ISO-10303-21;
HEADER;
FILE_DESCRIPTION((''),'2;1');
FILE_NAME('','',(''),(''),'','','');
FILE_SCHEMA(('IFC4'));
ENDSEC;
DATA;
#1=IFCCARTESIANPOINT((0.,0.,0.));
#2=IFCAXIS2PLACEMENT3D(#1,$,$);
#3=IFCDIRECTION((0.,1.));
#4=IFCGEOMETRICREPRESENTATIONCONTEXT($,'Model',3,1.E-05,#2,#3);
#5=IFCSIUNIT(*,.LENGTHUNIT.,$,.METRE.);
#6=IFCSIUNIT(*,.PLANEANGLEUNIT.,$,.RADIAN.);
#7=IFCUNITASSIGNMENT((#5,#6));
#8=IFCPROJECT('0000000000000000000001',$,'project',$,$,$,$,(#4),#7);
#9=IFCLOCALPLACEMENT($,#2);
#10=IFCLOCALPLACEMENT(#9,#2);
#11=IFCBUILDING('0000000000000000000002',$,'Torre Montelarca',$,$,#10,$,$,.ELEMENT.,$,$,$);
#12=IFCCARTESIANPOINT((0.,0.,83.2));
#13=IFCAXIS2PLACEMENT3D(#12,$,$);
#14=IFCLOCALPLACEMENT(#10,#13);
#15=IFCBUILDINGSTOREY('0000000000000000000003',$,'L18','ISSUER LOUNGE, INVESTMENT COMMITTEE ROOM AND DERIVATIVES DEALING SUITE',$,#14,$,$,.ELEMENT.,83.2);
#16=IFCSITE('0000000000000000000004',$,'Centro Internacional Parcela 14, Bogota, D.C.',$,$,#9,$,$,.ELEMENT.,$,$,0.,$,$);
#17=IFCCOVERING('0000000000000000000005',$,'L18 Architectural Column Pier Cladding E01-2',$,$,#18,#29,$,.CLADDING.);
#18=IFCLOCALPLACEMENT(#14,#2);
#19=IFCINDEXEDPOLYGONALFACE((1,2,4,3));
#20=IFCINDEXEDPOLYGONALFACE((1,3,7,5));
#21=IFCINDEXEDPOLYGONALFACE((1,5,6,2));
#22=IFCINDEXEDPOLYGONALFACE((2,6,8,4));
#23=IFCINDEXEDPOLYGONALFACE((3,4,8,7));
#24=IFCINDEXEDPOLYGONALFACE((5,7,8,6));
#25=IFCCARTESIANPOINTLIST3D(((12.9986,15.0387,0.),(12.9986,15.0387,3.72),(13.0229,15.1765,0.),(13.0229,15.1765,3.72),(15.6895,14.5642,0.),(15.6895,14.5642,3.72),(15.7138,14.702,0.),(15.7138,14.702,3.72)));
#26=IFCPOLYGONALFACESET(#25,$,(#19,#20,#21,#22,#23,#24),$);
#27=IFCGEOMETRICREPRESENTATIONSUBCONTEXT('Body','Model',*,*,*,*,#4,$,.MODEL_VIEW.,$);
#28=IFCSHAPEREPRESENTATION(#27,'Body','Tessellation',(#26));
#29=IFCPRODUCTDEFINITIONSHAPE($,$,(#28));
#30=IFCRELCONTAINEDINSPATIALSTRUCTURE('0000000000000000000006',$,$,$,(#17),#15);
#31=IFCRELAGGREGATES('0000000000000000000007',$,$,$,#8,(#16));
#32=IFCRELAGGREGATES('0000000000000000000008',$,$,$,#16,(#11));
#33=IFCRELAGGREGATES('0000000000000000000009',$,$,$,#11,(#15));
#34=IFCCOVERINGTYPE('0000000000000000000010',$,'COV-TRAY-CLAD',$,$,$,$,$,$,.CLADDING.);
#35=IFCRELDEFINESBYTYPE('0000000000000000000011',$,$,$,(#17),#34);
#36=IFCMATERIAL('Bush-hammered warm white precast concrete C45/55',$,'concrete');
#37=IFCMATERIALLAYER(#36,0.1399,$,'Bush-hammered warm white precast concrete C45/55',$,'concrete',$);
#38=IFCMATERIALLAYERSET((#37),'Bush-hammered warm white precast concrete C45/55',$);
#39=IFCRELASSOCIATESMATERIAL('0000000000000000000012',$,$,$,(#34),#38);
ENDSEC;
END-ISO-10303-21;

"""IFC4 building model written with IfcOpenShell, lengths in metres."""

from ifc_helpers import new_model, si_unit, direction, frame, origin, origin_2d, place, context, subcontext, project, spatial, rectangle, extrude, source, transform, mapped, material, layer, layer_set, type_object, element, save


model = new_model("IFC4")

# Units and contexts
model_context = context("Model", 3, precision=1e-05, world=origin(), true_north=direction((0.0, 1.0)))
body_context = subcontext(model_context, "Body", "Model", "MODEL_VIEW")
ifc_project = project(units=[si_unit("LENGTHUNIT", "METRE"), si_unit("PLANEANGLEUNIT", "RADIAN")], contexts=[model_context])

# Site, building, storey
site_placement = place(None, origin())
site = spatial("IfcSite", under=ifc_project, at=site_placement, Name="Centro Internacional Parcela 14, Bogota, D.C.", CompositionType="ELEMENT", RefElevation=0.0)
building_placement = place(site_placement, origin())
building = spatial("IfcBuilding", under=site, at=building_placement, Name="Torre Montelarca", CompositionType="ELEMENT")
storey_placement = place(building_placement, frame((0.0, 0.0, 83.2)))
storey = spatial("IfcBuildingStorey", under=building, at=storey_placement, Name="L18", Description="ISSUER LOUNGE, INVESTMENT COMMITTEE ROOM AND DERIVATIVES DEALING SUITE", CompositionType="ELEMENT", Elevation=83.2)

# Covering
ifc_material_1 = material(Name="Bush-hammered warm white precast concrete C45/55", Category="concrete")
ifc_layer_1 = layer(ifc_material_1, 0.1399, Name="Bush-hammered warm white precast concrete C45/55", Category="concrete")
ifc_layer_set_1 = layer_set([ifc_layer_1], Name="Bush-hammered warm white precast concrete C45/55")
covering_type = type_object("IfcCoveringType", Name="COV-TRAY-CLAD", PredefinedType="CLADDING", material=ifc_layer_set_1)
shared_shape_1 = source(origin(), body_context, "Body", "SweptSolid", [
    extrude(rectangle(XDim=2.7324, YDim=0.1399, at=origin_2d()), origin(), (0.0, 0.0, 1.0), 3.72),
])
covering_1_placement = place(storey_placement, frame((14.3562, 14.8704, 0.0), z_axis=(0.0, 0.0, 1.0), x_axis=(0.984808, -0.173648, 0.0)))
element("IfcCovering", 1, at=covering_1_placement, inside=storey, type_object=covering_type, Name="L18 Architectural Column Pier Cladding E01-2", PredefinedType="CLADDING", context=body_context, shape_type="MappedRepresentation", body=[
    mapped(shared_shape_1, transform((0.0, 0.0, 0.0), scale=1.0)),
])

save(model, "model.ifc")
